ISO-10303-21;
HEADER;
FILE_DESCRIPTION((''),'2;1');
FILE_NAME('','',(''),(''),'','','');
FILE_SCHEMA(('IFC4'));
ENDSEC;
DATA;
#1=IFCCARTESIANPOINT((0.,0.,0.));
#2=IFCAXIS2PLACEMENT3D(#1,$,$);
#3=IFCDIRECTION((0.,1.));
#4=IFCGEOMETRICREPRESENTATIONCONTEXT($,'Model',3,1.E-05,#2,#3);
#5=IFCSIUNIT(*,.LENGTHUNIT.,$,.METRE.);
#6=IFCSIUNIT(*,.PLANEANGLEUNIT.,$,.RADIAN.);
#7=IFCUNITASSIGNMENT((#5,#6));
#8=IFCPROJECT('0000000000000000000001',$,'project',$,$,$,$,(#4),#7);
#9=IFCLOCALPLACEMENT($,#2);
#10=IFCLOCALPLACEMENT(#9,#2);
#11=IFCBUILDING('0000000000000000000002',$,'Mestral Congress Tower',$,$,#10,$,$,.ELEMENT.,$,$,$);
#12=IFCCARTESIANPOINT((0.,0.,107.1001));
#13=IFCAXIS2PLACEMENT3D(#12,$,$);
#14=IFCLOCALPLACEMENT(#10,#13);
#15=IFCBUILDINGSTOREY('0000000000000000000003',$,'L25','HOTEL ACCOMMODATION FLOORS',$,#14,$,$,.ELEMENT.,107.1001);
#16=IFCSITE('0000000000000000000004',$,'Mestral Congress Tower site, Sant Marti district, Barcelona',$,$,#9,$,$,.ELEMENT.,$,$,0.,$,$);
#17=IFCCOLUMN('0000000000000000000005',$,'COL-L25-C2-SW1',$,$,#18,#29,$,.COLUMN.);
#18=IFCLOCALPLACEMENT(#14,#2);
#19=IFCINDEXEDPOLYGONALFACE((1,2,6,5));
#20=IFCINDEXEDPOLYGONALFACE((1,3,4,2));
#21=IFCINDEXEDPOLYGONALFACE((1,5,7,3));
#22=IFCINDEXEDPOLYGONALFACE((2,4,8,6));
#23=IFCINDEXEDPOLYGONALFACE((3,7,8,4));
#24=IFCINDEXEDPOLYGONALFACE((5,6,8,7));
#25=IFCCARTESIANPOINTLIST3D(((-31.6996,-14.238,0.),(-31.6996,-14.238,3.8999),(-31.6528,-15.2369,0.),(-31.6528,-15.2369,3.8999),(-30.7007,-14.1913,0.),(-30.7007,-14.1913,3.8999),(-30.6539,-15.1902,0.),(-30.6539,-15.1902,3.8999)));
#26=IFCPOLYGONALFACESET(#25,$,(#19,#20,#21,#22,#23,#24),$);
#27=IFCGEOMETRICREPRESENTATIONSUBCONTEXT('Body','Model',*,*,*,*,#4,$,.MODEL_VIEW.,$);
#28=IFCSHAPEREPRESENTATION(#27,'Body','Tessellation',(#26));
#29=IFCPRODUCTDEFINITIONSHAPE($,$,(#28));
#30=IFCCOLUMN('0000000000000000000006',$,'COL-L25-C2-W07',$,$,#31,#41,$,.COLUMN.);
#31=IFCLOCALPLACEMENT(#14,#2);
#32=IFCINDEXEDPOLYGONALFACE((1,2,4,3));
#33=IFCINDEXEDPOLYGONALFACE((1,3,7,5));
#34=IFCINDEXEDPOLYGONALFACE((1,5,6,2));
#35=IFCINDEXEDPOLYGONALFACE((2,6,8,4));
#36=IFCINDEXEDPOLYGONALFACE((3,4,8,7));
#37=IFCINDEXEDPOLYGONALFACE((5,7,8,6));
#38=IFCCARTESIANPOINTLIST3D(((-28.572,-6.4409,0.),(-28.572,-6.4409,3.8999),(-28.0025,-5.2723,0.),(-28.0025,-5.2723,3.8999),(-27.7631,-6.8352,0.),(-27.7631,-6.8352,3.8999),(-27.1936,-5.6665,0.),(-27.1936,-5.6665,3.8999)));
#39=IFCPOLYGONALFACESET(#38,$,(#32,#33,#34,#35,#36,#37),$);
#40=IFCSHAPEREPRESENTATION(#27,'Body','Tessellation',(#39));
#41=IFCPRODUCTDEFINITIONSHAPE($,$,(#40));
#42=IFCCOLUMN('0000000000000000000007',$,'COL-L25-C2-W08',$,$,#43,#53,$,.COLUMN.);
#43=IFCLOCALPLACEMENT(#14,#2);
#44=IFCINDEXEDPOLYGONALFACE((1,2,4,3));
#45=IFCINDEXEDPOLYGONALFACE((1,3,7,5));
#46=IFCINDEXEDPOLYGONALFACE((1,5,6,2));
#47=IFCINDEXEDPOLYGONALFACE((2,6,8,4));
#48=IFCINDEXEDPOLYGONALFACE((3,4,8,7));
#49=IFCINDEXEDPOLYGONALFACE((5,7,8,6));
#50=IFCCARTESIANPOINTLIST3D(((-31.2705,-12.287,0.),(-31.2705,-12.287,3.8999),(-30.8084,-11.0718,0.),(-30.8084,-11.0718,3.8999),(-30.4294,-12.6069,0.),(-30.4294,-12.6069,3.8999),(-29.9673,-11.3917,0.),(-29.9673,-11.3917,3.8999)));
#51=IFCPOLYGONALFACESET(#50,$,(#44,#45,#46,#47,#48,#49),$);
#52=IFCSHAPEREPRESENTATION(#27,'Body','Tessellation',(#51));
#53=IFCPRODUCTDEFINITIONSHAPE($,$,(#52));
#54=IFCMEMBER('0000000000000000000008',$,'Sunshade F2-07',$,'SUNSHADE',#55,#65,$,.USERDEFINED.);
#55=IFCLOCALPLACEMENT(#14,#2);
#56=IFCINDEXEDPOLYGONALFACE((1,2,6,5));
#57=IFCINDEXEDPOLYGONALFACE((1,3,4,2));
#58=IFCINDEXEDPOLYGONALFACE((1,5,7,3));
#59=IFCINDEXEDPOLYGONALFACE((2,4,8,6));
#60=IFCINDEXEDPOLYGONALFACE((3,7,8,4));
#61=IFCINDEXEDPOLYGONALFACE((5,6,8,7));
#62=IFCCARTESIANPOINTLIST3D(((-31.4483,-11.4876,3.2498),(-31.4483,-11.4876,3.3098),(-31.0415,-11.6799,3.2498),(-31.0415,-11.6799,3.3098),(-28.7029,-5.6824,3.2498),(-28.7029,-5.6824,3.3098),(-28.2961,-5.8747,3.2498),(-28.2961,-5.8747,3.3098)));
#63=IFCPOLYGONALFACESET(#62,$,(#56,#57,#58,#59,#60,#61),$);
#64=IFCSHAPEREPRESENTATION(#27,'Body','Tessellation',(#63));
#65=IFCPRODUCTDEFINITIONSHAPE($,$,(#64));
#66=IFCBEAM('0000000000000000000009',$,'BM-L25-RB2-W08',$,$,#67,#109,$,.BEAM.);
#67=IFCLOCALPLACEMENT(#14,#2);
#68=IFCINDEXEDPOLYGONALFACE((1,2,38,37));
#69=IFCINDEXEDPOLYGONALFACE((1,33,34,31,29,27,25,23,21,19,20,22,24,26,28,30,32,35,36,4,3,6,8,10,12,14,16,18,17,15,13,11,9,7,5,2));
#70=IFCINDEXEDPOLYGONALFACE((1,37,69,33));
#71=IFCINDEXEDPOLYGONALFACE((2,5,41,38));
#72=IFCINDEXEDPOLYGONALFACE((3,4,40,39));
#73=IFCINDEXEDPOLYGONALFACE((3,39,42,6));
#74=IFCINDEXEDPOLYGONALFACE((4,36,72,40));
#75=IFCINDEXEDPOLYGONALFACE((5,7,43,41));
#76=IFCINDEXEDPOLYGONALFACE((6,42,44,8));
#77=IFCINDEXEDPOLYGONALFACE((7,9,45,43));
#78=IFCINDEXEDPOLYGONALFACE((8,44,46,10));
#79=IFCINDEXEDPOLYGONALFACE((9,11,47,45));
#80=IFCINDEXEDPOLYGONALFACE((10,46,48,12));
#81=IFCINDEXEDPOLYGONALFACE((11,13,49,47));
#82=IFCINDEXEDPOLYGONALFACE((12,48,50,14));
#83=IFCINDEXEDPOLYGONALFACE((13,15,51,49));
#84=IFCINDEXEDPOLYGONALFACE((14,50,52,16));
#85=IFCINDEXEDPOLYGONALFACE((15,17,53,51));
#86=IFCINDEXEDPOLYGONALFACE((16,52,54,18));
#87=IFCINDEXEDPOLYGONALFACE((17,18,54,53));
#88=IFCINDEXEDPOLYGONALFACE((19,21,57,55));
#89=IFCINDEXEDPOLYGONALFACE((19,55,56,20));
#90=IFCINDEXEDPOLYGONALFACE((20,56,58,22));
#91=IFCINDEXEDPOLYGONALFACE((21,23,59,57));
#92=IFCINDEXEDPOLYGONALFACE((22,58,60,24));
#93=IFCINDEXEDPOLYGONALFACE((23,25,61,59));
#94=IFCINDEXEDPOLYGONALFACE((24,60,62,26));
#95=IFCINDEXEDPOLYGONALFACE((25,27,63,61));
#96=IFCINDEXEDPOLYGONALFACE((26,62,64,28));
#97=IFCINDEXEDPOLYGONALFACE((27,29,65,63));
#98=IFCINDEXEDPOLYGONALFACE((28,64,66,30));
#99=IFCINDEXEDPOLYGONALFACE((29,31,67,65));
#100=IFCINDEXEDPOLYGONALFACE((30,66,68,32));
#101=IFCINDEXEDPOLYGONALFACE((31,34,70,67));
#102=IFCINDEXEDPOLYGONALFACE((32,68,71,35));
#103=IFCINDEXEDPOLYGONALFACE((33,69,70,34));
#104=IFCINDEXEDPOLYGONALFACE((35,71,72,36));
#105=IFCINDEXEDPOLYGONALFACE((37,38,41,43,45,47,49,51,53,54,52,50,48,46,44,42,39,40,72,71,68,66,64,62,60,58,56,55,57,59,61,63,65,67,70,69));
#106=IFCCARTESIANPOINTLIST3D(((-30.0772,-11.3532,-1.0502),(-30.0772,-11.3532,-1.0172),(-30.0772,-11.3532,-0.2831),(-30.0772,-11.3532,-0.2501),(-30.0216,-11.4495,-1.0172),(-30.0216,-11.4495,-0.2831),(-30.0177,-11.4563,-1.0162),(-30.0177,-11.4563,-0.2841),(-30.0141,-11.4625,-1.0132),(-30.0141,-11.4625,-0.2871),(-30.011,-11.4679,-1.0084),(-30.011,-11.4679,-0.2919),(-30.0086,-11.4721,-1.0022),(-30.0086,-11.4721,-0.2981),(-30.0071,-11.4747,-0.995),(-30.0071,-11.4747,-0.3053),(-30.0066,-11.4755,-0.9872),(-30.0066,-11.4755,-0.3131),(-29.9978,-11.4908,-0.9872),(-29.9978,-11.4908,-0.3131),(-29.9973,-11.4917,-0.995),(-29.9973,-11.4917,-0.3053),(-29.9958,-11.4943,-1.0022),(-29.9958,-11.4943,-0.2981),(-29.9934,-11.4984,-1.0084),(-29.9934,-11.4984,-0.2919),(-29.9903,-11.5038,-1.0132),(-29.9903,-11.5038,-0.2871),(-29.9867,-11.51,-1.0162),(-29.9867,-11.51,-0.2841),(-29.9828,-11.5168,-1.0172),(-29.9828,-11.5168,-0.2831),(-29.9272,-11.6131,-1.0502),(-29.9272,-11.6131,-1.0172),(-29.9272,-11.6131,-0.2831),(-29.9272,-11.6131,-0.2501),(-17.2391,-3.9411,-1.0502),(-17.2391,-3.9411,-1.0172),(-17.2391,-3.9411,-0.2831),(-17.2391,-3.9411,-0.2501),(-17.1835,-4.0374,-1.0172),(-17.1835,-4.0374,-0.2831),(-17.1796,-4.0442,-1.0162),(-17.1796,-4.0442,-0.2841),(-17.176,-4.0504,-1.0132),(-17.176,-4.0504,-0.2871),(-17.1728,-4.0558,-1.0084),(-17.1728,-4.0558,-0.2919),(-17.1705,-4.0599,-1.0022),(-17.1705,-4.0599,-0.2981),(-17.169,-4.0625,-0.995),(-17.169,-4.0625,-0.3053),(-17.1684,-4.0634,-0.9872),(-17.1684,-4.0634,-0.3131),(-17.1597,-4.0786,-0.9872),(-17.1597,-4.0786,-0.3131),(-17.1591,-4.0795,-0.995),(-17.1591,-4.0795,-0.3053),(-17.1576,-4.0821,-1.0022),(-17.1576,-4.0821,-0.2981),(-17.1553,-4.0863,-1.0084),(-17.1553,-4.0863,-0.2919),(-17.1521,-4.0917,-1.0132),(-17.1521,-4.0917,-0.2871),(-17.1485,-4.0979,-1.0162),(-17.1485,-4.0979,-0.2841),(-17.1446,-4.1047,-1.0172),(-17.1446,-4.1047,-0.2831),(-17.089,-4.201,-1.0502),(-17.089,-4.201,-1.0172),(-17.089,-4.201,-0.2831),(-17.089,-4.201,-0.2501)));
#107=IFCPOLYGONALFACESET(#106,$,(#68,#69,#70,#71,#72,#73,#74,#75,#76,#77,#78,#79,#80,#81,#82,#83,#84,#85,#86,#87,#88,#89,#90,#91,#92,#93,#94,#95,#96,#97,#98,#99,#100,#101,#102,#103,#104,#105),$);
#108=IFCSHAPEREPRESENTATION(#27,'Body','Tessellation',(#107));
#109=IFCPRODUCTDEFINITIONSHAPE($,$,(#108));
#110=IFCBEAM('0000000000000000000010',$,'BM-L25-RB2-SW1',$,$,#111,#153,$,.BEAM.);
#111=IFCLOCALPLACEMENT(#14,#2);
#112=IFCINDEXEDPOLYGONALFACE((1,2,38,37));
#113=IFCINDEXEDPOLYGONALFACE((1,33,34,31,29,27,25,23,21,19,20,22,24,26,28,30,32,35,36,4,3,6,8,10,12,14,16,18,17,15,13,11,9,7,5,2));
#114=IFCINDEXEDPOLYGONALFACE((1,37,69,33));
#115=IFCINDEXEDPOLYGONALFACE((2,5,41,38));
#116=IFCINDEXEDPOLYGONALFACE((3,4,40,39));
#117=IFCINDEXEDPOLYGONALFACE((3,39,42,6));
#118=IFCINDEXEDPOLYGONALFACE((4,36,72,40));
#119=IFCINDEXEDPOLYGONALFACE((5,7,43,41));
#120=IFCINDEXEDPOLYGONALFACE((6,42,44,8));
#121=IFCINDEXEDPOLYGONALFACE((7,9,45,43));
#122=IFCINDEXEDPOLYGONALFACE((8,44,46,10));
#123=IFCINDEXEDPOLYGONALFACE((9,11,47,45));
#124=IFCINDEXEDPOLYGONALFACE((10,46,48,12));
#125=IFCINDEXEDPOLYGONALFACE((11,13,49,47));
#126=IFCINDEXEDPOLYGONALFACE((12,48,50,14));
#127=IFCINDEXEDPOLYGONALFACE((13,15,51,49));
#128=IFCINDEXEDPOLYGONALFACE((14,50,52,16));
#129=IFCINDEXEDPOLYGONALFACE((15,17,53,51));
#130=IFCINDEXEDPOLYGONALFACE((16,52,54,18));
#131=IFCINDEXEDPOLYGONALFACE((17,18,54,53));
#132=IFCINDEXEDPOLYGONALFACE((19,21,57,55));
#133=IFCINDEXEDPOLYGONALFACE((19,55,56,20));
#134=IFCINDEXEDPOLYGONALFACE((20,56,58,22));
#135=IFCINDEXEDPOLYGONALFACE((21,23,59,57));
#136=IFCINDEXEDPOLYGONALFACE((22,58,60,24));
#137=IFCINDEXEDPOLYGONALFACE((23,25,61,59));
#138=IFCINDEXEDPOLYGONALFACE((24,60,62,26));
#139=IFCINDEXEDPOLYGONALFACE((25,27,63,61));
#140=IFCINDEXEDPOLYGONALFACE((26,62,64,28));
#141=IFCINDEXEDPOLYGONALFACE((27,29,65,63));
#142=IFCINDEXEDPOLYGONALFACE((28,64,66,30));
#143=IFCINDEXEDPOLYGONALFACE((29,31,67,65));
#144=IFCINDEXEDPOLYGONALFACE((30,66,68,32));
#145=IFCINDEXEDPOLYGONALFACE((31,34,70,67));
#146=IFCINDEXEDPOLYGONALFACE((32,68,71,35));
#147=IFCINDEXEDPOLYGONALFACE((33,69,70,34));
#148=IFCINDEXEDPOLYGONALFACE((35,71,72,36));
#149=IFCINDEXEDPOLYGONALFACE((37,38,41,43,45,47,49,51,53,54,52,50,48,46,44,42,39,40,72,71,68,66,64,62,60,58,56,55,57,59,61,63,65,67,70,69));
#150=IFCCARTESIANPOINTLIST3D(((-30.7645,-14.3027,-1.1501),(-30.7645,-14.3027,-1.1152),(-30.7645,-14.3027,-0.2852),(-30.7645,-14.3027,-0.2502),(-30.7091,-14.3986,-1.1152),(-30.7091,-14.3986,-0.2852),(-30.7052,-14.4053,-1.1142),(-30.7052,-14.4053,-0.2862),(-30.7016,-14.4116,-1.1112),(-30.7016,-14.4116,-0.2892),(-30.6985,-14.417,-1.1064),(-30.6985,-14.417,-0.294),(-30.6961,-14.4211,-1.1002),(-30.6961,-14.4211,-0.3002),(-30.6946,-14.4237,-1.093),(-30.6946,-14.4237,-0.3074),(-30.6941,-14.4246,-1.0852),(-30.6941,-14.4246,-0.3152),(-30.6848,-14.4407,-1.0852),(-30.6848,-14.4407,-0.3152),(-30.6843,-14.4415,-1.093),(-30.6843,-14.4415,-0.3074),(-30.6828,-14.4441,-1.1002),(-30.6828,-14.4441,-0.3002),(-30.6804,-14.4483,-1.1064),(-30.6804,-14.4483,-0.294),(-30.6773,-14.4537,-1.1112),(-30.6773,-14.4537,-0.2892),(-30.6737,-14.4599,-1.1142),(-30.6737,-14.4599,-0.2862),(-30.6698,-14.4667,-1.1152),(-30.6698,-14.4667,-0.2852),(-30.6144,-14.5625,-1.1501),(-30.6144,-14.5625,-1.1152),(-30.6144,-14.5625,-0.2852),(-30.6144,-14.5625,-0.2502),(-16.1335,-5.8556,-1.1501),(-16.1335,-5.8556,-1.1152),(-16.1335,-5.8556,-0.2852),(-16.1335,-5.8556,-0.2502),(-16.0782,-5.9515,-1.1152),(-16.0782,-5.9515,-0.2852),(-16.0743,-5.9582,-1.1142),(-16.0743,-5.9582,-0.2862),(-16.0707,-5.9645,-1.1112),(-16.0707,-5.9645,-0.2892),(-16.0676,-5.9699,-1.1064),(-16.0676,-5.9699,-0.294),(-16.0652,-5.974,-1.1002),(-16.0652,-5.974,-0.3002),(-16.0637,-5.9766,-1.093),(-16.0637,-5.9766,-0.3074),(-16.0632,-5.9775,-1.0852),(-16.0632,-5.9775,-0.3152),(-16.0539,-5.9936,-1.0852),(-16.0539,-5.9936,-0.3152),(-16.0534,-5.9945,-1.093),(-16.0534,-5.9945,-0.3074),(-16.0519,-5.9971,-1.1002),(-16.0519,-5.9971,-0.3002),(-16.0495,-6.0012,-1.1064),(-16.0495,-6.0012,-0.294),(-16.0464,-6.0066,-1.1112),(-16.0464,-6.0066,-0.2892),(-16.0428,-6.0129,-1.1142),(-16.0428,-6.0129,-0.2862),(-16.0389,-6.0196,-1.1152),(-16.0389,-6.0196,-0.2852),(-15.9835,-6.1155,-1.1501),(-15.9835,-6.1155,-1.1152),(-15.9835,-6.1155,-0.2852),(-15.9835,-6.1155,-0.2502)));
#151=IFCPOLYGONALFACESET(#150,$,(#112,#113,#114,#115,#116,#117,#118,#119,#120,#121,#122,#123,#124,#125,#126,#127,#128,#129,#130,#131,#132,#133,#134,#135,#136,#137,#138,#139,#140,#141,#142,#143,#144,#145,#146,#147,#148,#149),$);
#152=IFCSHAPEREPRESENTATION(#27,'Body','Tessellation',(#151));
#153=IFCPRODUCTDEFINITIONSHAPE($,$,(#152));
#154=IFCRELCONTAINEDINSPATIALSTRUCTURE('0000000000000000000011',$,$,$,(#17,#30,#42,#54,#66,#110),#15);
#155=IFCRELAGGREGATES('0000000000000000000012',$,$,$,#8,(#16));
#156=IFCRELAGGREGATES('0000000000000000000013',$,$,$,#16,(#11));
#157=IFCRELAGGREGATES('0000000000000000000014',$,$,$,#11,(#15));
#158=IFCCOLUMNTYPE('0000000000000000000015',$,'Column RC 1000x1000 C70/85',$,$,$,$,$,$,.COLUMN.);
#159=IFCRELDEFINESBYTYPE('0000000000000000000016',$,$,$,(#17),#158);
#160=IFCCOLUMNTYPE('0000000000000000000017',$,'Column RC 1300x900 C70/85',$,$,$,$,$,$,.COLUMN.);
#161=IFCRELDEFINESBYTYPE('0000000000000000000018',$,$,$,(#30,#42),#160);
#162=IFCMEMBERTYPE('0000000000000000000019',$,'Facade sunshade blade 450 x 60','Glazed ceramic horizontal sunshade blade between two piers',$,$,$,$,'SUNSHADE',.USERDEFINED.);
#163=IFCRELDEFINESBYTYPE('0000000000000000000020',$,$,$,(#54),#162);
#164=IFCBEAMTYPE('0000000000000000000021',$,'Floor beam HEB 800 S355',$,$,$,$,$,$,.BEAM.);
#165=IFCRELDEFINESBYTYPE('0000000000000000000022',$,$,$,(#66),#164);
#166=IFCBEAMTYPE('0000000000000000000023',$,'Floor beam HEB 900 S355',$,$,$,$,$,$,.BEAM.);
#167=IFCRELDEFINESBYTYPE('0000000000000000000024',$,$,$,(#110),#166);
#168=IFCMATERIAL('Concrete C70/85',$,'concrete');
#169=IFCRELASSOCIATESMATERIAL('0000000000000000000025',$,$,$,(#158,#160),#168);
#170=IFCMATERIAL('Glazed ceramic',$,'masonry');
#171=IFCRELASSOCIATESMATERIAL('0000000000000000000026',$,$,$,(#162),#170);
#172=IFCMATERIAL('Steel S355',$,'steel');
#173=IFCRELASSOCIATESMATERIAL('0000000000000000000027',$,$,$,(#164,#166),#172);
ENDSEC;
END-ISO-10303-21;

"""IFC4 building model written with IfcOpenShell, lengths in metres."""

from ifc_helpers import new_model, si_unit, direction, frame, origin, origin_2d, place, context, subcontext, project, spatial, rectangle, i_section, extrude, material, material_profile, profile_set, type_object, element, save


model = new_model("IFC4")

# Units and contexts
model_context = context("Model", 3, precision=1e-05, world=origin(), true_north=direction((0.0, 1.0)))
body_context = subcontext(model_context, "Body", "Model", "MODEL_VIEW")
ifc_project = project(units=[si_unit("LENGTHUNIT", "METRE"), si_unit("PLANEANGLEUNIT", "RADIAN")], contexts=[model_context])

# Site, building, storey
site_placement = place(None, origin())
site = spatial("IfcSite", under=ifc_project, at=site_placement, Name="Mestral Congress Tower site, Sant Marti district, Barcelona", CompositionType="ELEMENT", RefElevation=0.0)
building_placement = place(site_placement, origin())
building = spatial("IfcBuilding", under=site, at=building_placement, Name="Mestral Congress Tower", CompositionType="ELEMENT")
storey_placement = place(building_placement, frame((0.0, 0.0, 107.1001)))
storey = spatial("IfcBuildingStorey", under=building, at=storey_placement, Name="L25", Description="HOTEL ACCOMMODATION FLOORS", CompositionType="ELEMENT", Elevation=107.1001)

# Columns
ifc_material_1 = material(Name="Concrete C70/85", Category="concrete")
ifc_material_profile_1 = material_profile(ifc_material_1, rectangle(XDim=1.0, YDim=1.0, at=origin_2d()), Name="RC 1000x1000")
ifc_profile_set_1 = profile_set([ifc_material_profile_1], Name="Concrete C70/85")
column_type_1 = type_object("IfcColumnType", Name="Column RC 1000x1000 C70/85", PredefinedType="COLUMN", material=ifc_profile_set_1)
column_placement = place(storey_placement, frame((-31.1768, -14.7141, 0.0), z_axis=(0.0, 0.0, 1.0), x_axis=(0.046756, -0.998906, 0.0)))
element("IfcColumn", 1, at=column_placement, inside=storey, type_object=column_type_1, Name="COL-L25-C2-SW1", PredefinedType="COLUMN", context=body_context, shape_type="SweptSolid", body=[
    extrude(rectangle(XDim=1.0, YDim=1.0, at=origin_2d()), origin(), (0.0, 0.0, 1.0), 3.8999),
])
ifc_material_profile_2 = material_profile(ifc_material_1, rectangle(XDim=1.3, YDim=0.8999, at=origin_2d()), Name="RC 1300x900")
ifc_profile_set_2 = profile_set([ifc_material_profile_2], Name="Concrete C70/85")
column_type_2 = type_object("IfcColumnType", Name="Column RC 1300x900 C70/85", PredefinedType="COLUMN", material=ifc_profile_set_2)
for number, where, z_axis, x_axis, name in (
    (2, (-27.8828, -6.0537, 0.0), (0.0, 0.0, 1.0), (-0.438061, -0.898945, 0.0), "COL-L25-C2-W07"),
    (3, (-30.6189, -11.8394, 0.0), (0.0, 0.0, 1.0), (-0.355494, -0.934679, 0.0), "COL-L25-C2-W08"),
):
    element("IfcColumn", number, at=place(storey_placement, frame(where, z_axis=z_axis, x_axis=x_axis)), inside=storey, type_object=column_type_2, Name=name, PredefinedType="COLUMN", context=body_context, shape_type="SweptSolid", body=[
        extrude(rectangle(XDim=1.3, YDim=0.8999, at=origin_2d()), origin(), (0.0, 0.0, 1.0), 3.8999),
    ])

# Member
ifc_material_2 = material(Name="Glazed ceramic", Category="masonry")
ifc_material_profile_3 = material_profile(ifc_material_2, rectangle(XDim=0.45, YDim=0.0601, at=origin_2d()), Name="Ceramic blade 450 x 60")
ifc_profile_set_3 = profile_set([ifc_material_profile_3], Name="Glazed ceramic")
member_type = type_object("IfcMemberType", Name="Facade sunshade blade 450 x 60", Description="Glazed ceramic horizontal sunshade blade between two piers", ElementType="SUNSHADE", PredefinedType="USERDEFINED", material=ifc_profile_set_3)
member_placement = place(storey_placement, frame((-28.4995, -5.7786, 3.2798), z_axis=(-0.427519, -0.904006, 0.0), x_axis=(0.904006, -0.427519, 0.0)))
element("IfcMember", 4, at=member_placement, inside=storey, type_object=member_type, Name="Sunshade F2-07", ObjectType="SUNSHADE", PredefinedType="USERDEFINED", context=body_context, shape_type="SweptSolid", body=[
    extrude(rectangle(XDim=0.45, YDim=0.0601, at=origin_2d()), origin(), (0.0, 0.0, 1.0), 6.4216),
])

# Beams
ifc_material_3 = material(Name="Steel S355", Category="steel")
ifc_material_profile_4 = material_profile(ifc_material_3, i_section(OverallWidth=0.3, OverallDepth=0.8, WebThickness=0.0176, FlangeThickness=0.033, FilletRadius=0.03, at=origin_2d()), Name="HEB 800")
ifc_profile_set_4 = profile_set([ifc_material_profile_4], Name="Steel S355")
beam_type_1 = type_object("IfcBeamType", Name="Floor beam HEB 800 S355", PredefinedType="BEAM", material=ifc_profile_set_4)
beam_1_placement = place(storey_placement, frame((-30.0022, -11.4832, -0.6501), z_axis=(0.866025, 0.5, 0.0), x_axis=(-0.5, 0.866025, 0.0)))
element("IfcBeam", 5, at=beam_1_placement, inside=storey, type_object=beam_type_1, Name="BM-L25-RB2-W08", PredefinedType="BEAM", context=body_context, shape_type="SweptSolid", body=[
    extrude(i_section(OverallWidth=0.3, OverallDepth=0.8, WebThickness=0.0176, FlangeThickness=0.033, FilletRadius=0.03, at=origin_2d()), origin(), (0.0, 0.0, 1.0), 14.8242),
])
ifc_material_profile_5 = material_profile(ifc_material_3, i_section(OverallWidth=0.3, OverallDepth=0.8999, WebThickness=0.0186, FlangeThickness=0.0349, FilletRadius=0.03, at=origin_2d()), Name="HEB 900")
ifc_profile_set_5 = profile_set([ifc_material_profile_5], Name="Steel S355")
beam_type_2 = type_object("IfcBeamType", Name="Floor beam HEB 900 S355", PredefinedType="BEAM", material=ifc_profile_set_5)
beam_2_placement = place(storey_placement, frame((-30.6895, -14.4326, -0.7002), z_axis=(0.866028, 0.499995, 0.0), x_axis=(-0.499995, 0.866028, 0.0)))
element("IfcBeam", 6, at=beam_2_placement, inside=storey, type_object=beam_type_2, Name="BM-L25-RB2-SW1", PredefinedType="BEAM", context=body_context, shape_type="SweptSolid", body=[
    extrude(i_section(OverallWidth=0.3, OverallDepth=0.8999, WebThickness=0.0186, FlangeThickness=0.0349, FilletRadius=0.03, at=origin_2d()), origin(), (0.0, 0.0, 1.0), 16.8943),
])

save(model, "model.ifc")
